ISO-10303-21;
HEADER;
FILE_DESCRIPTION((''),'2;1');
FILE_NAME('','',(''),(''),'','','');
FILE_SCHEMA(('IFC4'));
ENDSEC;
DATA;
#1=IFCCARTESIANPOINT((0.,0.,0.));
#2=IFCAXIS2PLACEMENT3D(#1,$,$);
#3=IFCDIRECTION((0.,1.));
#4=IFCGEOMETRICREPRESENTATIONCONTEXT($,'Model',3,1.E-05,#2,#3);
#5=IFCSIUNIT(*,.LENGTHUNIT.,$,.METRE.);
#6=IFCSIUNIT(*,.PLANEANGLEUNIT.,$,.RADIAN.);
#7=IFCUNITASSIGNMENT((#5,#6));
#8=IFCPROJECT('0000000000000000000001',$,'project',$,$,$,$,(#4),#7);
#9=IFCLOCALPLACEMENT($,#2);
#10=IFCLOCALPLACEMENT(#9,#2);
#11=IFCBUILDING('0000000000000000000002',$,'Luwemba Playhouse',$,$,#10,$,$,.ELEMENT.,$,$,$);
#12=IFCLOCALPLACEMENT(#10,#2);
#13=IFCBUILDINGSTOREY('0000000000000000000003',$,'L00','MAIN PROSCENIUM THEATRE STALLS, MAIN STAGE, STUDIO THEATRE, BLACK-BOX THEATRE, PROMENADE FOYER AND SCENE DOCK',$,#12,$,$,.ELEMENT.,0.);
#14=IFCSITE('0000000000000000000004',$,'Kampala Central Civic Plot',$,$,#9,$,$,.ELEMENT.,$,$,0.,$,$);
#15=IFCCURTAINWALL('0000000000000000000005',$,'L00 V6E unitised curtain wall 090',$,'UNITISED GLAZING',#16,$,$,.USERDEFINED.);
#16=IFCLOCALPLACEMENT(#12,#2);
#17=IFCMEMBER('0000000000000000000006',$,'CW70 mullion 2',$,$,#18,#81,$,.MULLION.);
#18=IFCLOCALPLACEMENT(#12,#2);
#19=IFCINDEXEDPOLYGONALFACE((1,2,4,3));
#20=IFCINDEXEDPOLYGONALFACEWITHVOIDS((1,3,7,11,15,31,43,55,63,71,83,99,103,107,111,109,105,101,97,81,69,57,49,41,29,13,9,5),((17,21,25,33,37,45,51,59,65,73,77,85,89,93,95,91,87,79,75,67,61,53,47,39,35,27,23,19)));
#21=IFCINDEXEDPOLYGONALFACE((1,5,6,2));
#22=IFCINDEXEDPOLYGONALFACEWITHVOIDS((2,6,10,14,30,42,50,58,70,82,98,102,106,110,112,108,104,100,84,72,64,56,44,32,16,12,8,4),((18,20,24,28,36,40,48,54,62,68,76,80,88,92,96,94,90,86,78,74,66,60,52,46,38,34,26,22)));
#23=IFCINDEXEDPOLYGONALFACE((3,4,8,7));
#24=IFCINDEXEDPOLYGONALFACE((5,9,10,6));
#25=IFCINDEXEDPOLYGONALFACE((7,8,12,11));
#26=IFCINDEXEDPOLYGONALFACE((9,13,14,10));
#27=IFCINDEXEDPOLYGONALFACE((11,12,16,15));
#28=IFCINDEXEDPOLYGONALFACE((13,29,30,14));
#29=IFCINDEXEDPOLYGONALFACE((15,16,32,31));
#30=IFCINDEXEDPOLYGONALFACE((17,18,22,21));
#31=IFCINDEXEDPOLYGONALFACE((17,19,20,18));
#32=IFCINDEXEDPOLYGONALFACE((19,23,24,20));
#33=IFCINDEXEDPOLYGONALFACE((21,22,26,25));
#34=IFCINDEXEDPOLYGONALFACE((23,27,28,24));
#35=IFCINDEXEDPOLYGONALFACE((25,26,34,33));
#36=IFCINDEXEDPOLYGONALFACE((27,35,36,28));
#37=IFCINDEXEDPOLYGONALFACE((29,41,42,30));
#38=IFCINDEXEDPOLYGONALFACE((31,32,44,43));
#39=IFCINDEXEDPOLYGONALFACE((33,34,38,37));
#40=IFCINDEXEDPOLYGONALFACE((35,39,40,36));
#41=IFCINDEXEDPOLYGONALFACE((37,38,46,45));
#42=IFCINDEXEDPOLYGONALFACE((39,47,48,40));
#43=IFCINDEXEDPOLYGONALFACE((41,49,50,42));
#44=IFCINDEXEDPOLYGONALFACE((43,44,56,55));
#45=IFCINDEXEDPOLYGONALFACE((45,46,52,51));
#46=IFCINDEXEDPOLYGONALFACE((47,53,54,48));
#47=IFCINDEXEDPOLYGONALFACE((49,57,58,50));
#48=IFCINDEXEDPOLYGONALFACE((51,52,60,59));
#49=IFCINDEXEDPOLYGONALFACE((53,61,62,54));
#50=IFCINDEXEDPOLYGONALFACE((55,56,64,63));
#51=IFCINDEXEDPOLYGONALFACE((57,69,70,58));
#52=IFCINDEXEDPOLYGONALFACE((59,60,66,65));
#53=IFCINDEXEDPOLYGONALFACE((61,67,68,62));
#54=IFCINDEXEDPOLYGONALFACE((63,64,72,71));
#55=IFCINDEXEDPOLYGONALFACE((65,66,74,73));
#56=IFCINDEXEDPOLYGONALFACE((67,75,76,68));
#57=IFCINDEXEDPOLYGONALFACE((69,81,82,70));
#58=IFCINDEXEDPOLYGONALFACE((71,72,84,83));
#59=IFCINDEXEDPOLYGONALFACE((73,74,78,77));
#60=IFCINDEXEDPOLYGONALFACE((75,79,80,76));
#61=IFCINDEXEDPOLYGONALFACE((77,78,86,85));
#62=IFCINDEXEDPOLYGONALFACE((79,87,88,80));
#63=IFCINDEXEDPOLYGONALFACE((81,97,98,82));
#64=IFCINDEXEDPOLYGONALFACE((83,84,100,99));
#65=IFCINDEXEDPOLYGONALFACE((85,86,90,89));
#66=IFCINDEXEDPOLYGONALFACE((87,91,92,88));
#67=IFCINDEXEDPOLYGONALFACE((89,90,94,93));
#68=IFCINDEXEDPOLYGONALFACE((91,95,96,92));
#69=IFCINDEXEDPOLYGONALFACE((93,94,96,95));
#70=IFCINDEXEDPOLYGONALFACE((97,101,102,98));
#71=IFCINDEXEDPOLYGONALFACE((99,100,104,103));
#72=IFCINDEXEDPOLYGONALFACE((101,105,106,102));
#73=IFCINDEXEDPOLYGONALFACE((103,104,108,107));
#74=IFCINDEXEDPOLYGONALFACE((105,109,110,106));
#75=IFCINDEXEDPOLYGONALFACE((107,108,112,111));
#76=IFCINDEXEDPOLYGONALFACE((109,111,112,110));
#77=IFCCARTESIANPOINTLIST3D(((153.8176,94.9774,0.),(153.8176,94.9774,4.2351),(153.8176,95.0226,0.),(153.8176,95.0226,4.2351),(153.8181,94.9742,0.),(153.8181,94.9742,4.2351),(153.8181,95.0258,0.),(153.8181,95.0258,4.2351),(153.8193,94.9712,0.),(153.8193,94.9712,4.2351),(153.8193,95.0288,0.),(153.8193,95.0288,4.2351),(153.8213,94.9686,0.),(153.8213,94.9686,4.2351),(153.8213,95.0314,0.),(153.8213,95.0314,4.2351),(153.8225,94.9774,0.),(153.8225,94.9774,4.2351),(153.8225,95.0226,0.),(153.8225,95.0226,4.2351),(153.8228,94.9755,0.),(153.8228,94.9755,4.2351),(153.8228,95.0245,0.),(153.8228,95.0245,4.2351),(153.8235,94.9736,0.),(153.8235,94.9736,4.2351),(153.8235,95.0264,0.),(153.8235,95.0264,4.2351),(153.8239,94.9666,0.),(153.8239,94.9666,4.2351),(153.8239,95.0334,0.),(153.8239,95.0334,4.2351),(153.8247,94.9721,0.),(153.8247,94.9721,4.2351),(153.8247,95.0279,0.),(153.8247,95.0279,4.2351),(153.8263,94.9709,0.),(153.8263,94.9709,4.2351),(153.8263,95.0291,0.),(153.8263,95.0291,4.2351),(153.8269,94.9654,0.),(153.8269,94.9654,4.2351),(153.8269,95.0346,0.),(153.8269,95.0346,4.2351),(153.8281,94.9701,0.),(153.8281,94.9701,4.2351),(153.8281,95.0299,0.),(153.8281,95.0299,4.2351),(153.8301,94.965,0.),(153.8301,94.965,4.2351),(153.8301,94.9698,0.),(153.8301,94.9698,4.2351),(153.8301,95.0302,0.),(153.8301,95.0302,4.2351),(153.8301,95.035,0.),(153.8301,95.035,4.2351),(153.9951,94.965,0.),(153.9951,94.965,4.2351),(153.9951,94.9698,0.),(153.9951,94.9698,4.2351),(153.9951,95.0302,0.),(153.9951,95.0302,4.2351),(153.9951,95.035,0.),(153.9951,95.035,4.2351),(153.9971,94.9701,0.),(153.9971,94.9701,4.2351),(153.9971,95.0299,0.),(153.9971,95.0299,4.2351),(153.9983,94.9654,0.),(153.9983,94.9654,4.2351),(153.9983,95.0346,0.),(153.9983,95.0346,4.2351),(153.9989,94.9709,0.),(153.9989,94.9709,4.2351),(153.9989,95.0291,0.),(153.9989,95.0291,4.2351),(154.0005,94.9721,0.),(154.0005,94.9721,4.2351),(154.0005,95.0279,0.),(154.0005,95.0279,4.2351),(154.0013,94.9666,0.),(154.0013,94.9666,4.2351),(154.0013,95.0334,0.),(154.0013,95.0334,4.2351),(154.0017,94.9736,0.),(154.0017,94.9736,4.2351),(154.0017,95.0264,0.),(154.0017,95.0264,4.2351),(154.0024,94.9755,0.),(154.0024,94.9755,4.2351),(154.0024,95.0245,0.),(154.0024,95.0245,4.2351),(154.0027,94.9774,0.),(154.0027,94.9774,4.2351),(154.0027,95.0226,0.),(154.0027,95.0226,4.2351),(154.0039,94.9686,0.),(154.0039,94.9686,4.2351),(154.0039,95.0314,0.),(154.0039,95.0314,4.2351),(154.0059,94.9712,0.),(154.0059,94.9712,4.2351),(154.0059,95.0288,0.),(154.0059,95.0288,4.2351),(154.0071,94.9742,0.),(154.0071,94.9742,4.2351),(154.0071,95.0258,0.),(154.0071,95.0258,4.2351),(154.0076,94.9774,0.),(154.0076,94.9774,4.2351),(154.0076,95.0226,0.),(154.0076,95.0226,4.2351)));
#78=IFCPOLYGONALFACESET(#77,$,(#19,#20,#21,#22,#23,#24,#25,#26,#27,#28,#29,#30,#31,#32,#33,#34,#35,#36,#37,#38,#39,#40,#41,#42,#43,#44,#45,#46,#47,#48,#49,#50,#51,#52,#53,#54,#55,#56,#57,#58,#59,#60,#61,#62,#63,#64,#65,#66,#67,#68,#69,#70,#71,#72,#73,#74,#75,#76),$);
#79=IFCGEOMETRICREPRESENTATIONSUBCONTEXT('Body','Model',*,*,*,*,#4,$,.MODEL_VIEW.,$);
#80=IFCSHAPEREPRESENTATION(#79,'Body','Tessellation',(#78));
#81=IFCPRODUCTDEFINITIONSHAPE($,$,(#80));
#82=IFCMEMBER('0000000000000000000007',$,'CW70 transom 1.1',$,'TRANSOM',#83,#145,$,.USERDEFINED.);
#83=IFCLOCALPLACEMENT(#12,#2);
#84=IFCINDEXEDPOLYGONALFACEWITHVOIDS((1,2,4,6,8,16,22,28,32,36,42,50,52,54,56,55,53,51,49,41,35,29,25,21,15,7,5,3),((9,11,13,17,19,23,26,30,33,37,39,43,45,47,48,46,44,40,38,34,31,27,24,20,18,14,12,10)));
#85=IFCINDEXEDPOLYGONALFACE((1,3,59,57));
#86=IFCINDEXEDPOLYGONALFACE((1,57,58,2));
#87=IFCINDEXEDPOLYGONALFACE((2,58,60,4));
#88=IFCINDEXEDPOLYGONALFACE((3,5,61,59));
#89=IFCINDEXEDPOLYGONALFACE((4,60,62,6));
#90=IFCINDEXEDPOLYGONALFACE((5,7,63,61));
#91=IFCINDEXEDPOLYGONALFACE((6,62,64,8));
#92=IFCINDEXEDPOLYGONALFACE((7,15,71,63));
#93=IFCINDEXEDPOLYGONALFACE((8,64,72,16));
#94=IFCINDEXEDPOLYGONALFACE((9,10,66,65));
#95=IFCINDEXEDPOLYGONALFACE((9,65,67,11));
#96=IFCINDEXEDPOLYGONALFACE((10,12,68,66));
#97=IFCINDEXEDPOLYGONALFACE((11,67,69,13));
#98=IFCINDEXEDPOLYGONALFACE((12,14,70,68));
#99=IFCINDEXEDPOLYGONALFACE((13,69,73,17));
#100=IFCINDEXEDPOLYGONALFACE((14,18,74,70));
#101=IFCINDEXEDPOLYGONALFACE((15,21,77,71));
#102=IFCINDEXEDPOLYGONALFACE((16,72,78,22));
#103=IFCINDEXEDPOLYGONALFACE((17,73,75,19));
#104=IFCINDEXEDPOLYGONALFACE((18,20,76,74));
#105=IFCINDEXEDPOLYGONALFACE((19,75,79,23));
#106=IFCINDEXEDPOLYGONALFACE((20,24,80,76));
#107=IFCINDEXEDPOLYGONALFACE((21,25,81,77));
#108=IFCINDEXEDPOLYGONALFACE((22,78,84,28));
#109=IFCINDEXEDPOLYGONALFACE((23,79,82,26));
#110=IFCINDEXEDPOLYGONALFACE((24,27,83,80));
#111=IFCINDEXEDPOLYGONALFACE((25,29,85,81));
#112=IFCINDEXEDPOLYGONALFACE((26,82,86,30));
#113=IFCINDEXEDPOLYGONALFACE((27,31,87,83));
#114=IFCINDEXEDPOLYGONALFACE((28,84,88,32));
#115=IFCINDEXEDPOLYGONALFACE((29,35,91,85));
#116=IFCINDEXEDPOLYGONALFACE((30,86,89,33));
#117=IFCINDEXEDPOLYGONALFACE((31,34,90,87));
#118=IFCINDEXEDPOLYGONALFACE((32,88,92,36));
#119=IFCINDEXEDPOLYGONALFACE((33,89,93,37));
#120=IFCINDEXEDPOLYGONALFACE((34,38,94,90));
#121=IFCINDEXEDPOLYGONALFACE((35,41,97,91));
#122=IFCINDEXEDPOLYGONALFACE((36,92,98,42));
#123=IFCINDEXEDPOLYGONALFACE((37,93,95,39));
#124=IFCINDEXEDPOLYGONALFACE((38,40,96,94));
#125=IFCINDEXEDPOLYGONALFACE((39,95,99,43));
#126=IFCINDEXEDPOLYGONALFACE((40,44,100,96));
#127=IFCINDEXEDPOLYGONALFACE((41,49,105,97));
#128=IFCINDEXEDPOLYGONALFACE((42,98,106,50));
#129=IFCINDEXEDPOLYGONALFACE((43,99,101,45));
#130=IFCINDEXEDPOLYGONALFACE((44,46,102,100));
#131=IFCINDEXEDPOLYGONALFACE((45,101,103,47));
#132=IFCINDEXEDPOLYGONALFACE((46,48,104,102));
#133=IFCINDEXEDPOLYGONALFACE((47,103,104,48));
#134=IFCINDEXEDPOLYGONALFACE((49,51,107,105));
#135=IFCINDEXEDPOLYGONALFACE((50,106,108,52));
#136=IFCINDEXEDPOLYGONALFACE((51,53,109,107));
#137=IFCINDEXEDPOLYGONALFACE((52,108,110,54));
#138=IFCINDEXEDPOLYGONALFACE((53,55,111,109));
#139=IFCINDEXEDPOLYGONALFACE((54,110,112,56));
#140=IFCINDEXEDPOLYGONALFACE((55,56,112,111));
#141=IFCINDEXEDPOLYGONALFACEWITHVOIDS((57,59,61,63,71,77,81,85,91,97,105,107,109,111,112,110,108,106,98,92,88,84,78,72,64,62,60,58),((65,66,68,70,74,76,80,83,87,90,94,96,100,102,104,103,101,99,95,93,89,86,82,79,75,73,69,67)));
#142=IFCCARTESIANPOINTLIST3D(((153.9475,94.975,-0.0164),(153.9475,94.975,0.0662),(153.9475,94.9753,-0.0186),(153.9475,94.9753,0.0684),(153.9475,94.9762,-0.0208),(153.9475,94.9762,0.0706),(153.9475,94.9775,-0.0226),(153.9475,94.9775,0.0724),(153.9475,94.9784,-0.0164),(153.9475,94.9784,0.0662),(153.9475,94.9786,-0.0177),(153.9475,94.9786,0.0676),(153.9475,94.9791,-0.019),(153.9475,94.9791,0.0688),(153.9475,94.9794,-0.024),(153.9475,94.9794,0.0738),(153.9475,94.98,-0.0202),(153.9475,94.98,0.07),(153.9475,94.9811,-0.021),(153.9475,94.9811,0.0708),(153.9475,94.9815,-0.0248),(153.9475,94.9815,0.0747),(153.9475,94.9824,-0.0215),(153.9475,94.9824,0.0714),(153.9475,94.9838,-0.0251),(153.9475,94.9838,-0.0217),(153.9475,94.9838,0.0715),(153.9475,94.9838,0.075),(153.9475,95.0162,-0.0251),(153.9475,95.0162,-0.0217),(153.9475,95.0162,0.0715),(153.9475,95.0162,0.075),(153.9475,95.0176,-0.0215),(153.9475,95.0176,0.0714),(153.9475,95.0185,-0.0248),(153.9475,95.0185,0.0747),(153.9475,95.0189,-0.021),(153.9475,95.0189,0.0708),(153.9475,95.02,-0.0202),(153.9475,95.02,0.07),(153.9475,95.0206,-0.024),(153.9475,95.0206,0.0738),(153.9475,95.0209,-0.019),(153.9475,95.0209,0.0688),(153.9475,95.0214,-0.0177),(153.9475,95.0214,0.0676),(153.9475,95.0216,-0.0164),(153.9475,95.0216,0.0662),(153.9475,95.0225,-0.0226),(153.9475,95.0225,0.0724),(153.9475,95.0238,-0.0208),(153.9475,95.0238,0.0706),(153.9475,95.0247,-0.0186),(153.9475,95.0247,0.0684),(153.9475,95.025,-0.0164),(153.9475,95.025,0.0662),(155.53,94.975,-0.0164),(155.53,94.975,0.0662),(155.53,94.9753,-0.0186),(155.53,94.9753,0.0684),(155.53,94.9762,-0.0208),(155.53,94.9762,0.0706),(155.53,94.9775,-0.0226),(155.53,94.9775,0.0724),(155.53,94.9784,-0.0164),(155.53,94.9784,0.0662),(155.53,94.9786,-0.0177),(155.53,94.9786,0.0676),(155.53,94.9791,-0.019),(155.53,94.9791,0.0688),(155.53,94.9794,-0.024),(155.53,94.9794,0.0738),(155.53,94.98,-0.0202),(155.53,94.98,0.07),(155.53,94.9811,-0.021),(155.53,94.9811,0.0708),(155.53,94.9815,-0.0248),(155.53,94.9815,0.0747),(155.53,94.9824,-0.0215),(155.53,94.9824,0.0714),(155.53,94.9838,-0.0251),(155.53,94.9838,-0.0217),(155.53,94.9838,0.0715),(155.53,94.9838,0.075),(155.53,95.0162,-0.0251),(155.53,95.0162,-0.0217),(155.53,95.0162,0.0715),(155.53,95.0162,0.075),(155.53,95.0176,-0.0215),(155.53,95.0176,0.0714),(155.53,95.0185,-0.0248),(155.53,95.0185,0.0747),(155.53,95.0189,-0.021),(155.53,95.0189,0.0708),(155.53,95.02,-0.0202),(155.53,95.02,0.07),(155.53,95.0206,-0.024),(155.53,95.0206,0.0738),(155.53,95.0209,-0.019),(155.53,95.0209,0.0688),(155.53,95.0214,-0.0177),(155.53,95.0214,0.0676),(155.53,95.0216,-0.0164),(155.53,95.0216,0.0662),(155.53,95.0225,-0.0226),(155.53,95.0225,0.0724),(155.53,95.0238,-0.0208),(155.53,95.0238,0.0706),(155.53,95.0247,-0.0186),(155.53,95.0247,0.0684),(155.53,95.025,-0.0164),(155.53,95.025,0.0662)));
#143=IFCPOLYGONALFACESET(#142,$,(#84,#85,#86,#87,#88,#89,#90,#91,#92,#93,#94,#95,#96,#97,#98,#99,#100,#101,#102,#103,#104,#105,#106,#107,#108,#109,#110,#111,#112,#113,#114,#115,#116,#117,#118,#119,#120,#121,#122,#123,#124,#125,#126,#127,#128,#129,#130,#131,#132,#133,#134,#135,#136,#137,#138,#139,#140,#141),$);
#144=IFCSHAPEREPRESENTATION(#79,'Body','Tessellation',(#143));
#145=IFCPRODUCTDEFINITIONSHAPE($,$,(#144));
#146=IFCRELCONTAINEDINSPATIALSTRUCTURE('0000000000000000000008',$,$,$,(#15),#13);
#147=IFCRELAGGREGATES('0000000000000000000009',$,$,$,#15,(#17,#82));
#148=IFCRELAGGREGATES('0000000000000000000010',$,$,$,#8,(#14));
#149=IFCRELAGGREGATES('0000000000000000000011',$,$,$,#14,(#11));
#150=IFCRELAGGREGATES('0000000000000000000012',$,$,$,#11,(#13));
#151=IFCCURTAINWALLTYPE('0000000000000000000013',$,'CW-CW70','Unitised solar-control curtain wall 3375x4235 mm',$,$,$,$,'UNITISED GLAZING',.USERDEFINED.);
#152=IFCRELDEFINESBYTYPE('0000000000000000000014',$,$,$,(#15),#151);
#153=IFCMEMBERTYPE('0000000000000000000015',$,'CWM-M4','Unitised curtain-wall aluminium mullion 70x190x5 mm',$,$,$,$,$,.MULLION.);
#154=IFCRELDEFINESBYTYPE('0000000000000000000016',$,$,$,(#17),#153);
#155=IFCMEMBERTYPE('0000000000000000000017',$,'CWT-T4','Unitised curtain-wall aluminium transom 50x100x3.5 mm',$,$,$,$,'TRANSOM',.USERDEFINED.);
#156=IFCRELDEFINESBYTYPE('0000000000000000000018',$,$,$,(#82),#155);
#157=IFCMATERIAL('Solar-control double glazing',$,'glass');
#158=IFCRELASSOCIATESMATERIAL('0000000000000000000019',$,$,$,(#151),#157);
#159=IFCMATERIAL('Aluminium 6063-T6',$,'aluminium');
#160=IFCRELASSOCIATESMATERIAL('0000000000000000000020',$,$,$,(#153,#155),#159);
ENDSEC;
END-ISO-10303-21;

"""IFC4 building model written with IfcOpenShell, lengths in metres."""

from ifc_helpers import new_model, si_unit, direction, frame, origin, origin_2d, place, context, subcontext, project, spatial, hollow_rectangle, extrude, material, material_profile, profile_set, type_object, element, aggregate, save


model = new_model("IFC4")

# Units and contexts
model_context = context("Model", 3, precision=1e-05, world=origin(), true_north=direction((0.0, 1.0)))
body_context = subcontext(model_context, "Body", "Model", "MODEL_VIEW")
ifc_project = project(units=[si_unit("LENGTHUNIT", "METRE"), si_unit("PLANEANGLEUNIT", "RADIAN")], contexts=[model_context])

# Site, building, storey
site_placement = place(None, origin())
site = spatial("IfcSite", under=ifc_project, at=site_placement, Name="Kampala Central Civic Plot", CompositionType="ELEMENT", RefElevation=0.0)
building_placement = place(site_placement, origin())
building = spatial("IfcBuilding", under=site, at=building_placement, Name="Luwemba Playhouse", CompositionType="ELEMENT")
storey_placement = place(building_placement, origin())
storey = spatial("IfcBuildingStorey", under=building, at=storey_placement, Name="L00", Description="MAIN PROSCENIUM THEATRE STALLS, MAIN STAGE, STUDIO THEATRE, BLACK-BOX THEATRE, PROMENADE FOYER AND SCENE DOCK", CompositionType="ELEMENT", Elevation=0.0)

# Shared definitions
ifc_material_1 = material(Name="Solar-control double glazing", Category="glass")
ifc_material_2 = material(Name="Aluminium 6063-T6", Category="aluminium")

# Curtain wall, members
curtain_wall_type_1 = type_object("IfcCurtainWallType", Name="CW-CW70", Description="Unitised solar-control curtain wall 3375x4235 mm", ElementType="UNITISED GLAZING", PredefinedType="USERDEFINED", material=ifc_material_1)
curtain_wall_1_placement = place(storey_placement, origin())
curtain_wall_1 = element("IfcCurtainWall", 1, at=curtain_wall_1_placement, inside=storey, type_object=curtain_wall_type_1, Name="L00 V6E unitised curtain wall 090", ObjectType="UNITISED GLAZING", PredefinedType="USERDEFINED")
ifc_material_profile_1 = material_profile(ifc_material_2, hollow_rectangle(XDim=0.0701, YDim=0.1899, WallThickness=0.0049, InnerFilletRadius=0.0076, OuterFilletRadius=0.0125, at=origin_2d()))
ifc_profile_set_1 = profile_set([ifc_material_profile_1], Name="Aluminium 6063-T6")
member_type_1 = type_object("IfcMemberType", Name="CWM-M4", Description="Unitised curtain-wall aluminium mullion 70x190x5 mm", PredefinedType="MULLION", material=ifc_profile_set_1)
member_1_placement = place(storey_placement, frame((153.9126, 95.0, 0.0), z_axis=(0.0, 0.0, 1.0), x_axis=(0.0, -1.0, 0.0)))
member_1 = element("IfcMember", 2, at=member_1_placement, type_object=member_type_1, Name="CW70 mullion 2", PredefinedType="MULLION", context=body_context, shape_type="SweptSolid", body=[
    extrude(hollow_rectangle(XDim=0.0701, YDim=0.1899, WallThickness=0.0049, InnerFilletRadius=0.0076, OuterFilletRadius=0.0125, at=origin_2d()), origin(), (0.0, 0.0, 1.0), 4.2351),
])
ifc_material_profile_2 = material_profile(ifc_material_2, hollow_rectangle(XDim=0.05, YDim=0.1001, WallThickness=0.0034, InnerFilletRadius=0.0054, OuterFilletRadius=0.0088, at=origin_2d()))
ifc_profile_set_2 = profile_set([ifc_material_profile_2], Name="Aluminium 6063-T6")
member_type_2 = type_object("IfcMemberType", Name="CWT-T4", Description="Unitised curtain-wall aluminium transom 50x100x3.5 mm", ElementType="TRANSOM", PredefinedType="USERDEFINED", material=ifc_profile_set_2)
member_2_placement = place(storey_placement, frame((155.53, 95.0, 0.0249), z_axis=(-1.0, 0.0, 0.0), x_axis=(0.0, -1.0, 0.0)))
member_2 = element("IfcMember", 3, at=member_2_placement, type_object=member_type_2, Name="CW70 transom 1.1", ObjectType="TRANSOM", PredefinedType="USERDEFINED", context=body_context, shape_type="SweptSolid", body=[
    extrude(hollow_rectangle(XDim=0.05, YDim=0.1001, WallThickness=0.0034, InnerFilletRadius=0.0054, OuterFilletRadius=0.0088, at=origin_2d()), origin(), (0.0, 0.0, 1.0), 1.5825),
])
aggregate(curtain_wall_1, [member_1, member_2])

save(model, "model.ifc")
